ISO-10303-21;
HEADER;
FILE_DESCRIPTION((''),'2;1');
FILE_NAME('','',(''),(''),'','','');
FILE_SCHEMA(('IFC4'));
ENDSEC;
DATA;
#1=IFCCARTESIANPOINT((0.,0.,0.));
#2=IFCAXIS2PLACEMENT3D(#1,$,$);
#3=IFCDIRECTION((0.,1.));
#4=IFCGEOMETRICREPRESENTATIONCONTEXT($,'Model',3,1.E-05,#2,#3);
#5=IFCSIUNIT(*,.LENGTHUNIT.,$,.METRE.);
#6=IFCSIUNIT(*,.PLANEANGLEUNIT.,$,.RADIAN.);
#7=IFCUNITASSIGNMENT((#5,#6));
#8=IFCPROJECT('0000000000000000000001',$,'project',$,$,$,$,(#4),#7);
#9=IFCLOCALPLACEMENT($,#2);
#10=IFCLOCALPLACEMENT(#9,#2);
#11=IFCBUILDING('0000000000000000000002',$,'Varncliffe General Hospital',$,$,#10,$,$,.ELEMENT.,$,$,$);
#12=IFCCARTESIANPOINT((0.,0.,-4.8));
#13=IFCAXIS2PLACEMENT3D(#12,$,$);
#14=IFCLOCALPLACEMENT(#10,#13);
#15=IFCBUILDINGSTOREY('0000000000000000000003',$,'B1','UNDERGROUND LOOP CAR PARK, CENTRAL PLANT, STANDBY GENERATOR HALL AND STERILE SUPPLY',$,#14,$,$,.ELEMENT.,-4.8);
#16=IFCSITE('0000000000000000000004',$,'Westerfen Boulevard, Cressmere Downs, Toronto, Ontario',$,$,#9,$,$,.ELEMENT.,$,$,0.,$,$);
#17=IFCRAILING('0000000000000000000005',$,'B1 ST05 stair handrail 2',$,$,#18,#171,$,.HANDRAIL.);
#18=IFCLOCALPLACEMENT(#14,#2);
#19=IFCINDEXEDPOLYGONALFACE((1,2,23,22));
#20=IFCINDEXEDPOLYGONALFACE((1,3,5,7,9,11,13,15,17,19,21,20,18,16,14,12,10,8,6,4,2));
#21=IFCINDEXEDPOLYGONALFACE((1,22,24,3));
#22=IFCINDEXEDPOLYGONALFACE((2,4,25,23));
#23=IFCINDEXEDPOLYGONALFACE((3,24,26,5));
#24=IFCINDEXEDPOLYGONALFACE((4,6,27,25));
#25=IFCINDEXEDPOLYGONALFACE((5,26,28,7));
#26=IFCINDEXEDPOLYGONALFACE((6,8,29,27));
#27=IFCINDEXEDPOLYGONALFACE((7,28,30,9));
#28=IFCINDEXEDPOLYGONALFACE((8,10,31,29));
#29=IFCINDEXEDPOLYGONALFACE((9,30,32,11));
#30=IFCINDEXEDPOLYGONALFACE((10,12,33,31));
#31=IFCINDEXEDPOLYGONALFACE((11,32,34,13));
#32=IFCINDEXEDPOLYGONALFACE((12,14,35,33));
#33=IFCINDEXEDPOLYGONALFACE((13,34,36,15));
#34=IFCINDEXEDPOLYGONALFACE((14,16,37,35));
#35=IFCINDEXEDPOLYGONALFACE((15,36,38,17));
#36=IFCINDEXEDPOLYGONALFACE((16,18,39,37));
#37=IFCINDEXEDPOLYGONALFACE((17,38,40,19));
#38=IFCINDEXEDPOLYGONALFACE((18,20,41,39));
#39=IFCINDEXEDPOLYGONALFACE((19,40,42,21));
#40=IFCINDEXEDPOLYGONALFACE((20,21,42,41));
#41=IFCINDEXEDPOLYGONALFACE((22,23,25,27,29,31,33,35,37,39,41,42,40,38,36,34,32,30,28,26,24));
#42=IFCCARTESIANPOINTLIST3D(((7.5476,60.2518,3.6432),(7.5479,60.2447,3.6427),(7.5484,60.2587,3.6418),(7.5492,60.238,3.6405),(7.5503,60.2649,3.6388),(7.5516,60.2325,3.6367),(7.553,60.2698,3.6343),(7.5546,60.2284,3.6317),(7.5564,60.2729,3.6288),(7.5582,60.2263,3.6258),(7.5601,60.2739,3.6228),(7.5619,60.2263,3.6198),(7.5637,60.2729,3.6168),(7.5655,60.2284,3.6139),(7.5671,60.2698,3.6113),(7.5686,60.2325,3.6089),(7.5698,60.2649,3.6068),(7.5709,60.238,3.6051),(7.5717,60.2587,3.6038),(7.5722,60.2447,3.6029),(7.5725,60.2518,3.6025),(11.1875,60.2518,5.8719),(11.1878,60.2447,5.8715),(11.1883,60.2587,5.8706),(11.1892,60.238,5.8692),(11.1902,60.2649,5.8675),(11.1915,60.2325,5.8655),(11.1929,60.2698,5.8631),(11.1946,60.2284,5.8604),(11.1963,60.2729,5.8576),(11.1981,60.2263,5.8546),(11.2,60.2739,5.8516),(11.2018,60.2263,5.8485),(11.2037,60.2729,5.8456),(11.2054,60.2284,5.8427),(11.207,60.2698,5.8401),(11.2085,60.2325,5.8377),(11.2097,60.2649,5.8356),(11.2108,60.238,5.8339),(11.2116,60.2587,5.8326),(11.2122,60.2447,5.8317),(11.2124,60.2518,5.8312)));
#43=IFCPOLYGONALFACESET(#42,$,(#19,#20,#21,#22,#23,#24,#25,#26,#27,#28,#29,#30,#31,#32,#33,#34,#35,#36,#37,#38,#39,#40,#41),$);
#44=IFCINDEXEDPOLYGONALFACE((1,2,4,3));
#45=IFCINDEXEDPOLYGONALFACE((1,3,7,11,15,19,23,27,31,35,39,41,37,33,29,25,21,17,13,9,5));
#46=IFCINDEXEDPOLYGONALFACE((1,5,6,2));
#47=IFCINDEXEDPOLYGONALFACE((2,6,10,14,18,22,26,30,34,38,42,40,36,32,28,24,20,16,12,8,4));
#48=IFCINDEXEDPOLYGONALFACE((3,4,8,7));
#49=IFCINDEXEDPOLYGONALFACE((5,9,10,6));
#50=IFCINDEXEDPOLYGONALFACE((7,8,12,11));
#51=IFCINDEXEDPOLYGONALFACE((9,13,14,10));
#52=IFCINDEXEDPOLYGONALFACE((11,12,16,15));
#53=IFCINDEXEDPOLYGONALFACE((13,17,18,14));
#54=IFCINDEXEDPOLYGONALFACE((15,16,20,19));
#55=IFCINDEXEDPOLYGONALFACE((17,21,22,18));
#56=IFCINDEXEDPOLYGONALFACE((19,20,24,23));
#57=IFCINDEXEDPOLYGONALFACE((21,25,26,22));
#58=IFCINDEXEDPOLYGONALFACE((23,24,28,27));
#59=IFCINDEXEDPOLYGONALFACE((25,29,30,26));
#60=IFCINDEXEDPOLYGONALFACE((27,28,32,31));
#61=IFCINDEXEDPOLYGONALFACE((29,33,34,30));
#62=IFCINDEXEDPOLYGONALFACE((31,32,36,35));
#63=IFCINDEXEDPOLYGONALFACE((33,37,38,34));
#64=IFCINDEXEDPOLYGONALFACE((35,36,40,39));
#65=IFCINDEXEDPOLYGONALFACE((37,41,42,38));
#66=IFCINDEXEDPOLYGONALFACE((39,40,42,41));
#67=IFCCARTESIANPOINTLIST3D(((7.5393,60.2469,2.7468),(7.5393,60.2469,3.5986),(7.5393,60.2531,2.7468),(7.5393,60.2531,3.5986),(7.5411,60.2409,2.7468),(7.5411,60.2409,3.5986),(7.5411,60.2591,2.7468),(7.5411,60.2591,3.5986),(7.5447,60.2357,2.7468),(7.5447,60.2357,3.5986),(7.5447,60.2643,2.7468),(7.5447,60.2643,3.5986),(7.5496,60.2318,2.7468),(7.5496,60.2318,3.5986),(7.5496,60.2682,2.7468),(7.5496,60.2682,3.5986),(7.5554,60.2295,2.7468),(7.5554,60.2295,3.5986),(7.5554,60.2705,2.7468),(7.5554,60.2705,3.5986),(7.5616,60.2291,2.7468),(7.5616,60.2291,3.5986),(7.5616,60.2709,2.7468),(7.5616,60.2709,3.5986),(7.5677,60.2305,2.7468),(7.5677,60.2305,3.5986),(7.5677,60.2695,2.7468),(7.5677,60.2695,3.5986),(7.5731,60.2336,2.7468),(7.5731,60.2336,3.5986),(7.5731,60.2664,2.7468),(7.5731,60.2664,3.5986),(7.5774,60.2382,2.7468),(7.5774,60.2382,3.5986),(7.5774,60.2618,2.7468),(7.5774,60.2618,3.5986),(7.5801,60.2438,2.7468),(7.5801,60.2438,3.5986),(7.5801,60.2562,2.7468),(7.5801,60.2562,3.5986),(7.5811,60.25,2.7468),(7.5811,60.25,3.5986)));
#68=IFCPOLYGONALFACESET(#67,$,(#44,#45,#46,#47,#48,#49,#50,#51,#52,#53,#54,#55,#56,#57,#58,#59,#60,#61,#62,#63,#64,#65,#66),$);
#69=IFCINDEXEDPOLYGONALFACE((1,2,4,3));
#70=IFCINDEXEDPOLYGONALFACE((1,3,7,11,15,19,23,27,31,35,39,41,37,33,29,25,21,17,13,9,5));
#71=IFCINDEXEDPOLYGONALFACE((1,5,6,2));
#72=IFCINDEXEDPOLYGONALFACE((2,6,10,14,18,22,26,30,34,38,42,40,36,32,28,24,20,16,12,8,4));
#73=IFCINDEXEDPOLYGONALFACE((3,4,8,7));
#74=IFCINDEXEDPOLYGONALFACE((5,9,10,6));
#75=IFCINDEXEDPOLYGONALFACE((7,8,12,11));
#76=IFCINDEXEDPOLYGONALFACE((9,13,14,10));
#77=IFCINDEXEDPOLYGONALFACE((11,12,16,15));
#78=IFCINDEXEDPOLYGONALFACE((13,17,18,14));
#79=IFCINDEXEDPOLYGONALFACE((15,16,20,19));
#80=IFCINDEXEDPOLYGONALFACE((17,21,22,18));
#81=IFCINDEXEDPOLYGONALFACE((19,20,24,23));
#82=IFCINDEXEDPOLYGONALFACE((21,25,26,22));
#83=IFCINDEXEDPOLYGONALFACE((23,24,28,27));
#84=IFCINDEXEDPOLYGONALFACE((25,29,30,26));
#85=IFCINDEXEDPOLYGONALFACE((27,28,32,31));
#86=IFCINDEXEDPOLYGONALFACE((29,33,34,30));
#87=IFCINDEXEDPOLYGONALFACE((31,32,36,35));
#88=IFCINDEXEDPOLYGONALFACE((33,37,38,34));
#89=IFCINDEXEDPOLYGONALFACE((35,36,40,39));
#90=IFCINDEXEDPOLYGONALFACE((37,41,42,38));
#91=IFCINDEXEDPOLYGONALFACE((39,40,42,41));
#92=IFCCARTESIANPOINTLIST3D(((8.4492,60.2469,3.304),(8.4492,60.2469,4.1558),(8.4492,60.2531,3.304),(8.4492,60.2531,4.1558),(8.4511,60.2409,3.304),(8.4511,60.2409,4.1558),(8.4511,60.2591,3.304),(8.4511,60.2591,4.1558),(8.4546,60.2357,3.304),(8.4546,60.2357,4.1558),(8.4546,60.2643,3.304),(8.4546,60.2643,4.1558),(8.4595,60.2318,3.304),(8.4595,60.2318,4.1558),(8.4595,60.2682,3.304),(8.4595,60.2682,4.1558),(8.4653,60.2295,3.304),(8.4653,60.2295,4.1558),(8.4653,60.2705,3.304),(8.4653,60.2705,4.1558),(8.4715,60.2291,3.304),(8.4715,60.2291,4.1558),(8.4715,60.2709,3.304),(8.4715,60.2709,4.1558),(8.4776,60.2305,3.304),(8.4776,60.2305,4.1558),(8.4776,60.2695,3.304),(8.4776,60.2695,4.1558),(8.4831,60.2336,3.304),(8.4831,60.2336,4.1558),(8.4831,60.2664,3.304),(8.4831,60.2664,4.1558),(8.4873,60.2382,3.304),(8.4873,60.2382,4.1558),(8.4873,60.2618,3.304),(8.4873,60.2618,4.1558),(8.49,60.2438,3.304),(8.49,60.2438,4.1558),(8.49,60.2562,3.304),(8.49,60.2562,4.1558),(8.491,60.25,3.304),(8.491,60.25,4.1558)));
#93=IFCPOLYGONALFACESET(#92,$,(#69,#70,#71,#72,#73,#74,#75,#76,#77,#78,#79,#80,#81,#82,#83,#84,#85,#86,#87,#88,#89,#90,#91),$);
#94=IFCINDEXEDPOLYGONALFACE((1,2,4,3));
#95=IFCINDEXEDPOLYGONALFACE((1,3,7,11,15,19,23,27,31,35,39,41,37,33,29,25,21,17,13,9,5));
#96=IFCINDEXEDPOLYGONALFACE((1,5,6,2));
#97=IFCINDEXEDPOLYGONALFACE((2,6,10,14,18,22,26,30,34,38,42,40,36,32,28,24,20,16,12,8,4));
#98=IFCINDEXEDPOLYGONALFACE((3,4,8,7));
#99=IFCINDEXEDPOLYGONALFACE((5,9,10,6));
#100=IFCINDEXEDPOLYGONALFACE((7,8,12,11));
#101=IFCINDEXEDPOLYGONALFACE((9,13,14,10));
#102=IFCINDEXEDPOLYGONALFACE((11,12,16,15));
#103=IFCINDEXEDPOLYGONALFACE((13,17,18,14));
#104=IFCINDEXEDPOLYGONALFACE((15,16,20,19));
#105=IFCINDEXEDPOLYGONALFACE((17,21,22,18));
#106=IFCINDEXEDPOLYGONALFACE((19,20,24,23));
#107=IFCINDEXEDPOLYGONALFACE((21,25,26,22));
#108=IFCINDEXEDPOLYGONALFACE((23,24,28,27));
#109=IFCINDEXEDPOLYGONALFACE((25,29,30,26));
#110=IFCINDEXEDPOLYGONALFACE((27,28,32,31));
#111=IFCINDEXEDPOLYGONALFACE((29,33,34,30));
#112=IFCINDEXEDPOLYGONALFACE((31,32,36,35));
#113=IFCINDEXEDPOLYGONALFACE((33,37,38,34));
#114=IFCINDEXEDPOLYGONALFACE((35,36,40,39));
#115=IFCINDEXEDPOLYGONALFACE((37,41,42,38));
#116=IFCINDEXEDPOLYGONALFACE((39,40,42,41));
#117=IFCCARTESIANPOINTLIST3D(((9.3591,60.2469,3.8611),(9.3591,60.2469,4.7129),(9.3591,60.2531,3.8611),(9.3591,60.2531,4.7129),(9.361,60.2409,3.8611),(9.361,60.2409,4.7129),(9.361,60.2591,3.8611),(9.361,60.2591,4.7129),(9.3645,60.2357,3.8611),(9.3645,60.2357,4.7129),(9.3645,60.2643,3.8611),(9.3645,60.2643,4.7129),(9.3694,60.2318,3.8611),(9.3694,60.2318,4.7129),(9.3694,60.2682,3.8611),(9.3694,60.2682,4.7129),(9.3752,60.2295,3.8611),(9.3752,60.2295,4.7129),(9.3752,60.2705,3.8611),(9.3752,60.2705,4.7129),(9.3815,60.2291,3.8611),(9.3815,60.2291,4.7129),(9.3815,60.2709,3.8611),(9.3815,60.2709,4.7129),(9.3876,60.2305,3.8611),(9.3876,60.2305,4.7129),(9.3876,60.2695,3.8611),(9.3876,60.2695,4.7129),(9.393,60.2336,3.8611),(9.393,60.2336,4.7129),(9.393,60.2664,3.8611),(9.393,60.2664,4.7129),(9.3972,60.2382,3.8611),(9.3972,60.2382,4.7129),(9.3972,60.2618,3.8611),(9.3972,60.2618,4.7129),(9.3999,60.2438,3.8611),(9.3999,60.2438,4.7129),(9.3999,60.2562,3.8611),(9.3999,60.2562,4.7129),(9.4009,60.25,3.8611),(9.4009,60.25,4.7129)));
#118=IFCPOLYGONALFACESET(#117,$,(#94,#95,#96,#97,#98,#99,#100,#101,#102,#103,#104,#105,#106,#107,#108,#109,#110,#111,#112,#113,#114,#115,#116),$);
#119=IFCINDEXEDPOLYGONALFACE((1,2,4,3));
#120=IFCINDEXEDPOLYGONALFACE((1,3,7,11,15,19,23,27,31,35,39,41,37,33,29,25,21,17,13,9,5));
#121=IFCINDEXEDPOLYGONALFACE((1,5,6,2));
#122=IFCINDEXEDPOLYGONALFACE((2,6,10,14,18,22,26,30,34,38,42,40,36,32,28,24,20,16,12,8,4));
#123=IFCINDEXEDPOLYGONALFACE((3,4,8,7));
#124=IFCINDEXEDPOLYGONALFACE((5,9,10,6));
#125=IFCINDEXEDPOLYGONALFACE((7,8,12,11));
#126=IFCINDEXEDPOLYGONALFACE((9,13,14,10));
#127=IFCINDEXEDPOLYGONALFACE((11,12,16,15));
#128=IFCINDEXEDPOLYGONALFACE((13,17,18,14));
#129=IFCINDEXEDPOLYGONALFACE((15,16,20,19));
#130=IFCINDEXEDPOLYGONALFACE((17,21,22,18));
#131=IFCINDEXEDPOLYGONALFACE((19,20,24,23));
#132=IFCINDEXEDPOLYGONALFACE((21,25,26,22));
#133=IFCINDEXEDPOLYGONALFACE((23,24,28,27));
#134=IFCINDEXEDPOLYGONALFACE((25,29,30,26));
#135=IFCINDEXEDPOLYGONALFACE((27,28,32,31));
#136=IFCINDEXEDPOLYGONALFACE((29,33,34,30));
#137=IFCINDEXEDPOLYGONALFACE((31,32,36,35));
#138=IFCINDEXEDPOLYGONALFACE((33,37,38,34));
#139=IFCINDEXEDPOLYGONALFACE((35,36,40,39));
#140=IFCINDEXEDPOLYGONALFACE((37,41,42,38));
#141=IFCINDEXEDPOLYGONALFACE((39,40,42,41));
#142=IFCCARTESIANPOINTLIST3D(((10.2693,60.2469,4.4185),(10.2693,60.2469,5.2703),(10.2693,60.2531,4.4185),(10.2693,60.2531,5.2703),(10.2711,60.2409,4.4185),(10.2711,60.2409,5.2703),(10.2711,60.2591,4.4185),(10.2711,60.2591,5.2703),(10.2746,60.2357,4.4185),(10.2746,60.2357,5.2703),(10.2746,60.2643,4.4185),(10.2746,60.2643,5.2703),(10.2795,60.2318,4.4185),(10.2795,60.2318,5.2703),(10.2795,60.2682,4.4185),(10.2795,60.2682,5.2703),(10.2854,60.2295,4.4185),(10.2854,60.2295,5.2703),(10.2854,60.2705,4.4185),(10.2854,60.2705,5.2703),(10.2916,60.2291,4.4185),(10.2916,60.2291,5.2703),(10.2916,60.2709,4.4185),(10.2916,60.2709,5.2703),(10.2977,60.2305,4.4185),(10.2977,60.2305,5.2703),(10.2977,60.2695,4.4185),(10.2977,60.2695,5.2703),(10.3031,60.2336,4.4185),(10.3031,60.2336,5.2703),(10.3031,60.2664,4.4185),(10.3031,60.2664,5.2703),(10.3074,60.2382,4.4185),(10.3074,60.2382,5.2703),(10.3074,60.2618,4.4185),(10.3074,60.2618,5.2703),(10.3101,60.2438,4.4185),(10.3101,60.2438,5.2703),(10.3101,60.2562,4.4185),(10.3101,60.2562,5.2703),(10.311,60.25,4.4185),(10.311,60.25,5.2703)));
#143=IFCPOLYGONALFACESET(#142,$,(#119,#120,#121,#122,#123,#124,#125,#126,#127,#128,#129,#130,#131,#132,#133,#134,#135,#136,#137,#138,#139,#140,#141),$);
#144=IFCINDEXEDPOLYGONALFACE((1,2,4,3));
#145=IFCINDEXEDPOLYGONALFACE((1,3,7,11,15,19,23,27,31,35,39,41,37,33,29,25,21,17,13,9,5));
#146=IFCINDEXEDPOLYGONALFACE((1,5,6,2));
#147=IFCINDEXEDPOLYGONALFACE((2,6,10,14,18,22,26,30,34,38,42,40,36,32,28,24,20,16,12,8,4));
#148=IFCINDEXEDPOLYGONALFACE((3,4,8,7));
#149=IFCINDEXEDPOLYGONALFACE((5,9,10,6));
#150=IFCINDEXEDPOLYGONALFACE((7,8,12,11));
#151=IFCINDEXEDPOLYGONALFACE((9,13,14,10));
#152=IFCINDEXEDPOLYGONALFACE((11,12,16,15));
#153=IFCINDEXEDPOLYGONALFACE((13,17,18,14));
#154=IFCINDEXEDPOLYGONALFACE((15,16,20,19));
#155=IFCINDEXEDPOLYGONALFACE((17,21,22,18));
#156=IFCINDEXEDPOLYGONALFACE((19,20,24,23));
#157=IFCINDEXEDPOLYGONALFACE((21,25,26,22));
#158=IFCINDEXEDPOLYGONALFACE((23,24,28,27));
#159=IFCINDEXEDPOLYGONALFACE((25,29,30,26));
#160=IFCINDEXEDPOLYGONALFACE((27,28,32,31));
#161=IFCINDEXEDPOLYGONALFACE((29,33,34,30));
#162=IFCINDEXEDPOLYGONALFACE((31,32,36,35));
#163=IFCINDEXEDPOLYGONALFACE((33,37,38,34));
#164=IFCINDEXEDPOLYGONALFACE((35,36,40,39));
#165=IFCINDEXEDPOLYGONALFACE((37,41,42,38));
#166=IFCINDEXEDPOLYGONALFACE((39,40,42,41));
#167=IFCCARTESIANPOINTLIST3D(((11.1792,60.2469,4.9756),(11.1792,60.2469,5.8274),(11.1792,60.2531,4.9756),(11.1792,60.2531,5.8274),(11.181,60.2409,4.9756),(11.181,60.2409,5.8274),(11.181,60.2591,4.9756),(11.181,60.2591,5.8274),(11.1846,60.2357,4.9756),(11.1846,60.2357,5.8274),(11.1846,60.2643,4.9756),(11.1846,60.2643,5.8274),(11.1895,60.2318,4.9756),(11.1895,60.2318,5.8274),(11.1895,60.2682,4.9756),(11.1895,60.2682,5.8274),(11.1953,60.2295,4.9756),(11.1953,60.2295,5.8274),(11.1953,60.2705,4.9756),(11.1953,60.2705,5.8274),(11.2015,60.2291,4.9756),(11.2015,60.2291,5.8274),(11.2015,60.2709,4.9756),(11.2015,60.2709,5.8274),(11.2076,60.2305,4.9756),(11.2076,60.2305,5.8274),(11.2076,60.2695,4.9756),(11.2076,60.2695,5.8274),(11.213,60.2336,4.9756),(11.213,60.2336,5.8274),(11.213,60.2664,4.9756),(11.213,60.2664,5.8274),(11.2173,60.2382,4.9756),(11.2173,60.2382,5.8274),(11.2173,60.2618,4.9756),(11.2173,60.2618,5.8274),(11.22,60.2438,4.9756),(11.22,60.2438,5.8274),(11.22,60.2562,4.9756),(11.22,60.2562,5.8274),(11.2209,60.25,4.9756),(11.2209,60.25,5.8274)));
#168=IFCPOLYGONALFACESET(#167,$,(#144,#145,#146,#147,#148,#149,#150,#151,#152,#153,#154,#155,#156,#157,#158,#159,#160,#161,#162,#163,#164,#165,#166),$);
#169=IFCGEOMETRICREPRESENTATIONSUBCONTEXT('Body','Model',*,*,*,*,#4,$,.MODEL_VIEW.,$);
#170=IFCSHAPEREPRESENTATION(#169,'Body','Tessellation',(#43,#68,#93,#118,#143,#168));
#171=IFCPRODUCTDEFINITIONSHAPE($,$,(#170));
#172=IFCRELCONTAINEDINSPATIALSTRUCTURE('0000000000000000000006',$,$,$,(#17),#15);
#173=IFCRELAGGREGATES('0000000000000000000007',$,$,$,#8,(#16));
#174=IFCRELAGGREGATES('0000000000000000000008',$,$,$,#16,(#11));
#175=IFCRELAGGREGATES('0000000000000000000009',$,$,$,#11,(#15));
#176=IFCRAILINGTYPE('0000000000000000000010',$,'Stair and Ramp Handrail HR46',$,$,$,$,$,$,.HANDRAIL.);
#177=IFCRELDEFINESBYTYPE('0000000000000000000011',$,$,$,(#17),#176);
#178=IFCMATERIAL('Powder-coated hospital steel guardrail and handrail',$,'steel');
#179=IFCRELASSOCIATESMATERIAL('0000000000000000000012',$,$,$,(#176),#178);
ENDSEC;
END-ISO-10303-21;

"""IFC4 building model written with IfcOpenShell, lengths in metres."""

from ifc_helpers import new_model, si_unit, direction, frame, origin, origin_2d, place, context, subcontext, project, spatial, circle, extrude, material, type_object, element, save


model = new_model("IFC4")

# Units and contexts
model_context = context("Model", 3, precision=1e-05, world=origin(), true_north=direction((0.0, 1.0)))
body_context = subcontext(model_context, "Body", "Model", "MODEL_VIEW")
ifc_project = project(units=[si_unit("LENGTHUNIT", "METRE"), si_unit("PLANEANGLEUNIT", "RADIAN")], contexts=[model_context])

# Site, building, storey
site_placement = place(None, origin())
site = spatial("IfcSite", under=ifc_project, at=site_placement, Name="Westerfen Boulevard, Cressmere Downs, Toronto, Ontario", CompositionType="ELEMENT", RefElevation=0.0)
building_placement = place(site_placement, origin())
building = spatial("IfcBuilding", under=site, at=building_placement, Name="Varncliffe General Hospital", CompositionType="ELEMENT")
storey_placement = place(building_placement, frame((0.0, 0.0, -4.8)))
storey = spatial("IfcBuildingStorey", under=building, at=storey_placement, Name="B1", Description="UNDERGROUND LOOP CAR PARK, CENTRAL PLANT, STANDBY GENERATOR HALL AND STERILE SUPPLY", CompositionType="ELEMENT", Elevation=-4.8)

# Railing
ifc_material_1 = material(Name="Powder-coated hospital steel guardrail and handrail", Category="steel")
railing_type_1 = type_object("IfcRailingType", Name="Stair and Ramp Handrail HR46", PredefinedType="HANDRAIL", material=ifc_material_1)
railing_1_placement = place(storey_placement, frame((7.5601, 60.25, 2.7468)))
element("IfcRailing", 1, at=railing_1_placement, inside=storey, type_object=railing_type_1, Name="B1 ST05 stair handrail 2", PredefinedType="HANDRAIL", context=body_context, shape_type="SweptSolid", body=[
    extrude(circle(Radius=0.0239, at=origin_2d()), frame((0.0, 0.0, 0.876), z_axis=(0.852825, 0.0, 0.522197), x_axis=(0.0, 1.0, 0.0)), (0.0, 0.0, 1.0), 4.2681),
    extrude(circle(Radius=0.021, at=origin_2d()), origin(), (0.0, 0.0, 1.0), 0.8518),
    extrude(circle(Radius=0.021, at=origin_2d()), frame((0.9099, 0.0, 0.5571)), (0.0, 0.0, 1.0), 0.8518),
    extrude(circle(Radius=0.021, at=origin_2d()), frame((1.8198, 0.0, 1.1143)), (0.0, 0.0, 1.0), 0.8518),
    extrude(circle(Radius=0.021, at=origin_2d()), frame((2.73, 0.0, 1.6716)), (0.0, 0.0, 1.0), 0.8518),
    extrude(circle(Radius=0.021, at=origin_2d()), frame((3.6399, 0.0, 2.2288)), (0.0, 0.0, 1.0), 0.8518),
])

save(model, "model.ifc")
